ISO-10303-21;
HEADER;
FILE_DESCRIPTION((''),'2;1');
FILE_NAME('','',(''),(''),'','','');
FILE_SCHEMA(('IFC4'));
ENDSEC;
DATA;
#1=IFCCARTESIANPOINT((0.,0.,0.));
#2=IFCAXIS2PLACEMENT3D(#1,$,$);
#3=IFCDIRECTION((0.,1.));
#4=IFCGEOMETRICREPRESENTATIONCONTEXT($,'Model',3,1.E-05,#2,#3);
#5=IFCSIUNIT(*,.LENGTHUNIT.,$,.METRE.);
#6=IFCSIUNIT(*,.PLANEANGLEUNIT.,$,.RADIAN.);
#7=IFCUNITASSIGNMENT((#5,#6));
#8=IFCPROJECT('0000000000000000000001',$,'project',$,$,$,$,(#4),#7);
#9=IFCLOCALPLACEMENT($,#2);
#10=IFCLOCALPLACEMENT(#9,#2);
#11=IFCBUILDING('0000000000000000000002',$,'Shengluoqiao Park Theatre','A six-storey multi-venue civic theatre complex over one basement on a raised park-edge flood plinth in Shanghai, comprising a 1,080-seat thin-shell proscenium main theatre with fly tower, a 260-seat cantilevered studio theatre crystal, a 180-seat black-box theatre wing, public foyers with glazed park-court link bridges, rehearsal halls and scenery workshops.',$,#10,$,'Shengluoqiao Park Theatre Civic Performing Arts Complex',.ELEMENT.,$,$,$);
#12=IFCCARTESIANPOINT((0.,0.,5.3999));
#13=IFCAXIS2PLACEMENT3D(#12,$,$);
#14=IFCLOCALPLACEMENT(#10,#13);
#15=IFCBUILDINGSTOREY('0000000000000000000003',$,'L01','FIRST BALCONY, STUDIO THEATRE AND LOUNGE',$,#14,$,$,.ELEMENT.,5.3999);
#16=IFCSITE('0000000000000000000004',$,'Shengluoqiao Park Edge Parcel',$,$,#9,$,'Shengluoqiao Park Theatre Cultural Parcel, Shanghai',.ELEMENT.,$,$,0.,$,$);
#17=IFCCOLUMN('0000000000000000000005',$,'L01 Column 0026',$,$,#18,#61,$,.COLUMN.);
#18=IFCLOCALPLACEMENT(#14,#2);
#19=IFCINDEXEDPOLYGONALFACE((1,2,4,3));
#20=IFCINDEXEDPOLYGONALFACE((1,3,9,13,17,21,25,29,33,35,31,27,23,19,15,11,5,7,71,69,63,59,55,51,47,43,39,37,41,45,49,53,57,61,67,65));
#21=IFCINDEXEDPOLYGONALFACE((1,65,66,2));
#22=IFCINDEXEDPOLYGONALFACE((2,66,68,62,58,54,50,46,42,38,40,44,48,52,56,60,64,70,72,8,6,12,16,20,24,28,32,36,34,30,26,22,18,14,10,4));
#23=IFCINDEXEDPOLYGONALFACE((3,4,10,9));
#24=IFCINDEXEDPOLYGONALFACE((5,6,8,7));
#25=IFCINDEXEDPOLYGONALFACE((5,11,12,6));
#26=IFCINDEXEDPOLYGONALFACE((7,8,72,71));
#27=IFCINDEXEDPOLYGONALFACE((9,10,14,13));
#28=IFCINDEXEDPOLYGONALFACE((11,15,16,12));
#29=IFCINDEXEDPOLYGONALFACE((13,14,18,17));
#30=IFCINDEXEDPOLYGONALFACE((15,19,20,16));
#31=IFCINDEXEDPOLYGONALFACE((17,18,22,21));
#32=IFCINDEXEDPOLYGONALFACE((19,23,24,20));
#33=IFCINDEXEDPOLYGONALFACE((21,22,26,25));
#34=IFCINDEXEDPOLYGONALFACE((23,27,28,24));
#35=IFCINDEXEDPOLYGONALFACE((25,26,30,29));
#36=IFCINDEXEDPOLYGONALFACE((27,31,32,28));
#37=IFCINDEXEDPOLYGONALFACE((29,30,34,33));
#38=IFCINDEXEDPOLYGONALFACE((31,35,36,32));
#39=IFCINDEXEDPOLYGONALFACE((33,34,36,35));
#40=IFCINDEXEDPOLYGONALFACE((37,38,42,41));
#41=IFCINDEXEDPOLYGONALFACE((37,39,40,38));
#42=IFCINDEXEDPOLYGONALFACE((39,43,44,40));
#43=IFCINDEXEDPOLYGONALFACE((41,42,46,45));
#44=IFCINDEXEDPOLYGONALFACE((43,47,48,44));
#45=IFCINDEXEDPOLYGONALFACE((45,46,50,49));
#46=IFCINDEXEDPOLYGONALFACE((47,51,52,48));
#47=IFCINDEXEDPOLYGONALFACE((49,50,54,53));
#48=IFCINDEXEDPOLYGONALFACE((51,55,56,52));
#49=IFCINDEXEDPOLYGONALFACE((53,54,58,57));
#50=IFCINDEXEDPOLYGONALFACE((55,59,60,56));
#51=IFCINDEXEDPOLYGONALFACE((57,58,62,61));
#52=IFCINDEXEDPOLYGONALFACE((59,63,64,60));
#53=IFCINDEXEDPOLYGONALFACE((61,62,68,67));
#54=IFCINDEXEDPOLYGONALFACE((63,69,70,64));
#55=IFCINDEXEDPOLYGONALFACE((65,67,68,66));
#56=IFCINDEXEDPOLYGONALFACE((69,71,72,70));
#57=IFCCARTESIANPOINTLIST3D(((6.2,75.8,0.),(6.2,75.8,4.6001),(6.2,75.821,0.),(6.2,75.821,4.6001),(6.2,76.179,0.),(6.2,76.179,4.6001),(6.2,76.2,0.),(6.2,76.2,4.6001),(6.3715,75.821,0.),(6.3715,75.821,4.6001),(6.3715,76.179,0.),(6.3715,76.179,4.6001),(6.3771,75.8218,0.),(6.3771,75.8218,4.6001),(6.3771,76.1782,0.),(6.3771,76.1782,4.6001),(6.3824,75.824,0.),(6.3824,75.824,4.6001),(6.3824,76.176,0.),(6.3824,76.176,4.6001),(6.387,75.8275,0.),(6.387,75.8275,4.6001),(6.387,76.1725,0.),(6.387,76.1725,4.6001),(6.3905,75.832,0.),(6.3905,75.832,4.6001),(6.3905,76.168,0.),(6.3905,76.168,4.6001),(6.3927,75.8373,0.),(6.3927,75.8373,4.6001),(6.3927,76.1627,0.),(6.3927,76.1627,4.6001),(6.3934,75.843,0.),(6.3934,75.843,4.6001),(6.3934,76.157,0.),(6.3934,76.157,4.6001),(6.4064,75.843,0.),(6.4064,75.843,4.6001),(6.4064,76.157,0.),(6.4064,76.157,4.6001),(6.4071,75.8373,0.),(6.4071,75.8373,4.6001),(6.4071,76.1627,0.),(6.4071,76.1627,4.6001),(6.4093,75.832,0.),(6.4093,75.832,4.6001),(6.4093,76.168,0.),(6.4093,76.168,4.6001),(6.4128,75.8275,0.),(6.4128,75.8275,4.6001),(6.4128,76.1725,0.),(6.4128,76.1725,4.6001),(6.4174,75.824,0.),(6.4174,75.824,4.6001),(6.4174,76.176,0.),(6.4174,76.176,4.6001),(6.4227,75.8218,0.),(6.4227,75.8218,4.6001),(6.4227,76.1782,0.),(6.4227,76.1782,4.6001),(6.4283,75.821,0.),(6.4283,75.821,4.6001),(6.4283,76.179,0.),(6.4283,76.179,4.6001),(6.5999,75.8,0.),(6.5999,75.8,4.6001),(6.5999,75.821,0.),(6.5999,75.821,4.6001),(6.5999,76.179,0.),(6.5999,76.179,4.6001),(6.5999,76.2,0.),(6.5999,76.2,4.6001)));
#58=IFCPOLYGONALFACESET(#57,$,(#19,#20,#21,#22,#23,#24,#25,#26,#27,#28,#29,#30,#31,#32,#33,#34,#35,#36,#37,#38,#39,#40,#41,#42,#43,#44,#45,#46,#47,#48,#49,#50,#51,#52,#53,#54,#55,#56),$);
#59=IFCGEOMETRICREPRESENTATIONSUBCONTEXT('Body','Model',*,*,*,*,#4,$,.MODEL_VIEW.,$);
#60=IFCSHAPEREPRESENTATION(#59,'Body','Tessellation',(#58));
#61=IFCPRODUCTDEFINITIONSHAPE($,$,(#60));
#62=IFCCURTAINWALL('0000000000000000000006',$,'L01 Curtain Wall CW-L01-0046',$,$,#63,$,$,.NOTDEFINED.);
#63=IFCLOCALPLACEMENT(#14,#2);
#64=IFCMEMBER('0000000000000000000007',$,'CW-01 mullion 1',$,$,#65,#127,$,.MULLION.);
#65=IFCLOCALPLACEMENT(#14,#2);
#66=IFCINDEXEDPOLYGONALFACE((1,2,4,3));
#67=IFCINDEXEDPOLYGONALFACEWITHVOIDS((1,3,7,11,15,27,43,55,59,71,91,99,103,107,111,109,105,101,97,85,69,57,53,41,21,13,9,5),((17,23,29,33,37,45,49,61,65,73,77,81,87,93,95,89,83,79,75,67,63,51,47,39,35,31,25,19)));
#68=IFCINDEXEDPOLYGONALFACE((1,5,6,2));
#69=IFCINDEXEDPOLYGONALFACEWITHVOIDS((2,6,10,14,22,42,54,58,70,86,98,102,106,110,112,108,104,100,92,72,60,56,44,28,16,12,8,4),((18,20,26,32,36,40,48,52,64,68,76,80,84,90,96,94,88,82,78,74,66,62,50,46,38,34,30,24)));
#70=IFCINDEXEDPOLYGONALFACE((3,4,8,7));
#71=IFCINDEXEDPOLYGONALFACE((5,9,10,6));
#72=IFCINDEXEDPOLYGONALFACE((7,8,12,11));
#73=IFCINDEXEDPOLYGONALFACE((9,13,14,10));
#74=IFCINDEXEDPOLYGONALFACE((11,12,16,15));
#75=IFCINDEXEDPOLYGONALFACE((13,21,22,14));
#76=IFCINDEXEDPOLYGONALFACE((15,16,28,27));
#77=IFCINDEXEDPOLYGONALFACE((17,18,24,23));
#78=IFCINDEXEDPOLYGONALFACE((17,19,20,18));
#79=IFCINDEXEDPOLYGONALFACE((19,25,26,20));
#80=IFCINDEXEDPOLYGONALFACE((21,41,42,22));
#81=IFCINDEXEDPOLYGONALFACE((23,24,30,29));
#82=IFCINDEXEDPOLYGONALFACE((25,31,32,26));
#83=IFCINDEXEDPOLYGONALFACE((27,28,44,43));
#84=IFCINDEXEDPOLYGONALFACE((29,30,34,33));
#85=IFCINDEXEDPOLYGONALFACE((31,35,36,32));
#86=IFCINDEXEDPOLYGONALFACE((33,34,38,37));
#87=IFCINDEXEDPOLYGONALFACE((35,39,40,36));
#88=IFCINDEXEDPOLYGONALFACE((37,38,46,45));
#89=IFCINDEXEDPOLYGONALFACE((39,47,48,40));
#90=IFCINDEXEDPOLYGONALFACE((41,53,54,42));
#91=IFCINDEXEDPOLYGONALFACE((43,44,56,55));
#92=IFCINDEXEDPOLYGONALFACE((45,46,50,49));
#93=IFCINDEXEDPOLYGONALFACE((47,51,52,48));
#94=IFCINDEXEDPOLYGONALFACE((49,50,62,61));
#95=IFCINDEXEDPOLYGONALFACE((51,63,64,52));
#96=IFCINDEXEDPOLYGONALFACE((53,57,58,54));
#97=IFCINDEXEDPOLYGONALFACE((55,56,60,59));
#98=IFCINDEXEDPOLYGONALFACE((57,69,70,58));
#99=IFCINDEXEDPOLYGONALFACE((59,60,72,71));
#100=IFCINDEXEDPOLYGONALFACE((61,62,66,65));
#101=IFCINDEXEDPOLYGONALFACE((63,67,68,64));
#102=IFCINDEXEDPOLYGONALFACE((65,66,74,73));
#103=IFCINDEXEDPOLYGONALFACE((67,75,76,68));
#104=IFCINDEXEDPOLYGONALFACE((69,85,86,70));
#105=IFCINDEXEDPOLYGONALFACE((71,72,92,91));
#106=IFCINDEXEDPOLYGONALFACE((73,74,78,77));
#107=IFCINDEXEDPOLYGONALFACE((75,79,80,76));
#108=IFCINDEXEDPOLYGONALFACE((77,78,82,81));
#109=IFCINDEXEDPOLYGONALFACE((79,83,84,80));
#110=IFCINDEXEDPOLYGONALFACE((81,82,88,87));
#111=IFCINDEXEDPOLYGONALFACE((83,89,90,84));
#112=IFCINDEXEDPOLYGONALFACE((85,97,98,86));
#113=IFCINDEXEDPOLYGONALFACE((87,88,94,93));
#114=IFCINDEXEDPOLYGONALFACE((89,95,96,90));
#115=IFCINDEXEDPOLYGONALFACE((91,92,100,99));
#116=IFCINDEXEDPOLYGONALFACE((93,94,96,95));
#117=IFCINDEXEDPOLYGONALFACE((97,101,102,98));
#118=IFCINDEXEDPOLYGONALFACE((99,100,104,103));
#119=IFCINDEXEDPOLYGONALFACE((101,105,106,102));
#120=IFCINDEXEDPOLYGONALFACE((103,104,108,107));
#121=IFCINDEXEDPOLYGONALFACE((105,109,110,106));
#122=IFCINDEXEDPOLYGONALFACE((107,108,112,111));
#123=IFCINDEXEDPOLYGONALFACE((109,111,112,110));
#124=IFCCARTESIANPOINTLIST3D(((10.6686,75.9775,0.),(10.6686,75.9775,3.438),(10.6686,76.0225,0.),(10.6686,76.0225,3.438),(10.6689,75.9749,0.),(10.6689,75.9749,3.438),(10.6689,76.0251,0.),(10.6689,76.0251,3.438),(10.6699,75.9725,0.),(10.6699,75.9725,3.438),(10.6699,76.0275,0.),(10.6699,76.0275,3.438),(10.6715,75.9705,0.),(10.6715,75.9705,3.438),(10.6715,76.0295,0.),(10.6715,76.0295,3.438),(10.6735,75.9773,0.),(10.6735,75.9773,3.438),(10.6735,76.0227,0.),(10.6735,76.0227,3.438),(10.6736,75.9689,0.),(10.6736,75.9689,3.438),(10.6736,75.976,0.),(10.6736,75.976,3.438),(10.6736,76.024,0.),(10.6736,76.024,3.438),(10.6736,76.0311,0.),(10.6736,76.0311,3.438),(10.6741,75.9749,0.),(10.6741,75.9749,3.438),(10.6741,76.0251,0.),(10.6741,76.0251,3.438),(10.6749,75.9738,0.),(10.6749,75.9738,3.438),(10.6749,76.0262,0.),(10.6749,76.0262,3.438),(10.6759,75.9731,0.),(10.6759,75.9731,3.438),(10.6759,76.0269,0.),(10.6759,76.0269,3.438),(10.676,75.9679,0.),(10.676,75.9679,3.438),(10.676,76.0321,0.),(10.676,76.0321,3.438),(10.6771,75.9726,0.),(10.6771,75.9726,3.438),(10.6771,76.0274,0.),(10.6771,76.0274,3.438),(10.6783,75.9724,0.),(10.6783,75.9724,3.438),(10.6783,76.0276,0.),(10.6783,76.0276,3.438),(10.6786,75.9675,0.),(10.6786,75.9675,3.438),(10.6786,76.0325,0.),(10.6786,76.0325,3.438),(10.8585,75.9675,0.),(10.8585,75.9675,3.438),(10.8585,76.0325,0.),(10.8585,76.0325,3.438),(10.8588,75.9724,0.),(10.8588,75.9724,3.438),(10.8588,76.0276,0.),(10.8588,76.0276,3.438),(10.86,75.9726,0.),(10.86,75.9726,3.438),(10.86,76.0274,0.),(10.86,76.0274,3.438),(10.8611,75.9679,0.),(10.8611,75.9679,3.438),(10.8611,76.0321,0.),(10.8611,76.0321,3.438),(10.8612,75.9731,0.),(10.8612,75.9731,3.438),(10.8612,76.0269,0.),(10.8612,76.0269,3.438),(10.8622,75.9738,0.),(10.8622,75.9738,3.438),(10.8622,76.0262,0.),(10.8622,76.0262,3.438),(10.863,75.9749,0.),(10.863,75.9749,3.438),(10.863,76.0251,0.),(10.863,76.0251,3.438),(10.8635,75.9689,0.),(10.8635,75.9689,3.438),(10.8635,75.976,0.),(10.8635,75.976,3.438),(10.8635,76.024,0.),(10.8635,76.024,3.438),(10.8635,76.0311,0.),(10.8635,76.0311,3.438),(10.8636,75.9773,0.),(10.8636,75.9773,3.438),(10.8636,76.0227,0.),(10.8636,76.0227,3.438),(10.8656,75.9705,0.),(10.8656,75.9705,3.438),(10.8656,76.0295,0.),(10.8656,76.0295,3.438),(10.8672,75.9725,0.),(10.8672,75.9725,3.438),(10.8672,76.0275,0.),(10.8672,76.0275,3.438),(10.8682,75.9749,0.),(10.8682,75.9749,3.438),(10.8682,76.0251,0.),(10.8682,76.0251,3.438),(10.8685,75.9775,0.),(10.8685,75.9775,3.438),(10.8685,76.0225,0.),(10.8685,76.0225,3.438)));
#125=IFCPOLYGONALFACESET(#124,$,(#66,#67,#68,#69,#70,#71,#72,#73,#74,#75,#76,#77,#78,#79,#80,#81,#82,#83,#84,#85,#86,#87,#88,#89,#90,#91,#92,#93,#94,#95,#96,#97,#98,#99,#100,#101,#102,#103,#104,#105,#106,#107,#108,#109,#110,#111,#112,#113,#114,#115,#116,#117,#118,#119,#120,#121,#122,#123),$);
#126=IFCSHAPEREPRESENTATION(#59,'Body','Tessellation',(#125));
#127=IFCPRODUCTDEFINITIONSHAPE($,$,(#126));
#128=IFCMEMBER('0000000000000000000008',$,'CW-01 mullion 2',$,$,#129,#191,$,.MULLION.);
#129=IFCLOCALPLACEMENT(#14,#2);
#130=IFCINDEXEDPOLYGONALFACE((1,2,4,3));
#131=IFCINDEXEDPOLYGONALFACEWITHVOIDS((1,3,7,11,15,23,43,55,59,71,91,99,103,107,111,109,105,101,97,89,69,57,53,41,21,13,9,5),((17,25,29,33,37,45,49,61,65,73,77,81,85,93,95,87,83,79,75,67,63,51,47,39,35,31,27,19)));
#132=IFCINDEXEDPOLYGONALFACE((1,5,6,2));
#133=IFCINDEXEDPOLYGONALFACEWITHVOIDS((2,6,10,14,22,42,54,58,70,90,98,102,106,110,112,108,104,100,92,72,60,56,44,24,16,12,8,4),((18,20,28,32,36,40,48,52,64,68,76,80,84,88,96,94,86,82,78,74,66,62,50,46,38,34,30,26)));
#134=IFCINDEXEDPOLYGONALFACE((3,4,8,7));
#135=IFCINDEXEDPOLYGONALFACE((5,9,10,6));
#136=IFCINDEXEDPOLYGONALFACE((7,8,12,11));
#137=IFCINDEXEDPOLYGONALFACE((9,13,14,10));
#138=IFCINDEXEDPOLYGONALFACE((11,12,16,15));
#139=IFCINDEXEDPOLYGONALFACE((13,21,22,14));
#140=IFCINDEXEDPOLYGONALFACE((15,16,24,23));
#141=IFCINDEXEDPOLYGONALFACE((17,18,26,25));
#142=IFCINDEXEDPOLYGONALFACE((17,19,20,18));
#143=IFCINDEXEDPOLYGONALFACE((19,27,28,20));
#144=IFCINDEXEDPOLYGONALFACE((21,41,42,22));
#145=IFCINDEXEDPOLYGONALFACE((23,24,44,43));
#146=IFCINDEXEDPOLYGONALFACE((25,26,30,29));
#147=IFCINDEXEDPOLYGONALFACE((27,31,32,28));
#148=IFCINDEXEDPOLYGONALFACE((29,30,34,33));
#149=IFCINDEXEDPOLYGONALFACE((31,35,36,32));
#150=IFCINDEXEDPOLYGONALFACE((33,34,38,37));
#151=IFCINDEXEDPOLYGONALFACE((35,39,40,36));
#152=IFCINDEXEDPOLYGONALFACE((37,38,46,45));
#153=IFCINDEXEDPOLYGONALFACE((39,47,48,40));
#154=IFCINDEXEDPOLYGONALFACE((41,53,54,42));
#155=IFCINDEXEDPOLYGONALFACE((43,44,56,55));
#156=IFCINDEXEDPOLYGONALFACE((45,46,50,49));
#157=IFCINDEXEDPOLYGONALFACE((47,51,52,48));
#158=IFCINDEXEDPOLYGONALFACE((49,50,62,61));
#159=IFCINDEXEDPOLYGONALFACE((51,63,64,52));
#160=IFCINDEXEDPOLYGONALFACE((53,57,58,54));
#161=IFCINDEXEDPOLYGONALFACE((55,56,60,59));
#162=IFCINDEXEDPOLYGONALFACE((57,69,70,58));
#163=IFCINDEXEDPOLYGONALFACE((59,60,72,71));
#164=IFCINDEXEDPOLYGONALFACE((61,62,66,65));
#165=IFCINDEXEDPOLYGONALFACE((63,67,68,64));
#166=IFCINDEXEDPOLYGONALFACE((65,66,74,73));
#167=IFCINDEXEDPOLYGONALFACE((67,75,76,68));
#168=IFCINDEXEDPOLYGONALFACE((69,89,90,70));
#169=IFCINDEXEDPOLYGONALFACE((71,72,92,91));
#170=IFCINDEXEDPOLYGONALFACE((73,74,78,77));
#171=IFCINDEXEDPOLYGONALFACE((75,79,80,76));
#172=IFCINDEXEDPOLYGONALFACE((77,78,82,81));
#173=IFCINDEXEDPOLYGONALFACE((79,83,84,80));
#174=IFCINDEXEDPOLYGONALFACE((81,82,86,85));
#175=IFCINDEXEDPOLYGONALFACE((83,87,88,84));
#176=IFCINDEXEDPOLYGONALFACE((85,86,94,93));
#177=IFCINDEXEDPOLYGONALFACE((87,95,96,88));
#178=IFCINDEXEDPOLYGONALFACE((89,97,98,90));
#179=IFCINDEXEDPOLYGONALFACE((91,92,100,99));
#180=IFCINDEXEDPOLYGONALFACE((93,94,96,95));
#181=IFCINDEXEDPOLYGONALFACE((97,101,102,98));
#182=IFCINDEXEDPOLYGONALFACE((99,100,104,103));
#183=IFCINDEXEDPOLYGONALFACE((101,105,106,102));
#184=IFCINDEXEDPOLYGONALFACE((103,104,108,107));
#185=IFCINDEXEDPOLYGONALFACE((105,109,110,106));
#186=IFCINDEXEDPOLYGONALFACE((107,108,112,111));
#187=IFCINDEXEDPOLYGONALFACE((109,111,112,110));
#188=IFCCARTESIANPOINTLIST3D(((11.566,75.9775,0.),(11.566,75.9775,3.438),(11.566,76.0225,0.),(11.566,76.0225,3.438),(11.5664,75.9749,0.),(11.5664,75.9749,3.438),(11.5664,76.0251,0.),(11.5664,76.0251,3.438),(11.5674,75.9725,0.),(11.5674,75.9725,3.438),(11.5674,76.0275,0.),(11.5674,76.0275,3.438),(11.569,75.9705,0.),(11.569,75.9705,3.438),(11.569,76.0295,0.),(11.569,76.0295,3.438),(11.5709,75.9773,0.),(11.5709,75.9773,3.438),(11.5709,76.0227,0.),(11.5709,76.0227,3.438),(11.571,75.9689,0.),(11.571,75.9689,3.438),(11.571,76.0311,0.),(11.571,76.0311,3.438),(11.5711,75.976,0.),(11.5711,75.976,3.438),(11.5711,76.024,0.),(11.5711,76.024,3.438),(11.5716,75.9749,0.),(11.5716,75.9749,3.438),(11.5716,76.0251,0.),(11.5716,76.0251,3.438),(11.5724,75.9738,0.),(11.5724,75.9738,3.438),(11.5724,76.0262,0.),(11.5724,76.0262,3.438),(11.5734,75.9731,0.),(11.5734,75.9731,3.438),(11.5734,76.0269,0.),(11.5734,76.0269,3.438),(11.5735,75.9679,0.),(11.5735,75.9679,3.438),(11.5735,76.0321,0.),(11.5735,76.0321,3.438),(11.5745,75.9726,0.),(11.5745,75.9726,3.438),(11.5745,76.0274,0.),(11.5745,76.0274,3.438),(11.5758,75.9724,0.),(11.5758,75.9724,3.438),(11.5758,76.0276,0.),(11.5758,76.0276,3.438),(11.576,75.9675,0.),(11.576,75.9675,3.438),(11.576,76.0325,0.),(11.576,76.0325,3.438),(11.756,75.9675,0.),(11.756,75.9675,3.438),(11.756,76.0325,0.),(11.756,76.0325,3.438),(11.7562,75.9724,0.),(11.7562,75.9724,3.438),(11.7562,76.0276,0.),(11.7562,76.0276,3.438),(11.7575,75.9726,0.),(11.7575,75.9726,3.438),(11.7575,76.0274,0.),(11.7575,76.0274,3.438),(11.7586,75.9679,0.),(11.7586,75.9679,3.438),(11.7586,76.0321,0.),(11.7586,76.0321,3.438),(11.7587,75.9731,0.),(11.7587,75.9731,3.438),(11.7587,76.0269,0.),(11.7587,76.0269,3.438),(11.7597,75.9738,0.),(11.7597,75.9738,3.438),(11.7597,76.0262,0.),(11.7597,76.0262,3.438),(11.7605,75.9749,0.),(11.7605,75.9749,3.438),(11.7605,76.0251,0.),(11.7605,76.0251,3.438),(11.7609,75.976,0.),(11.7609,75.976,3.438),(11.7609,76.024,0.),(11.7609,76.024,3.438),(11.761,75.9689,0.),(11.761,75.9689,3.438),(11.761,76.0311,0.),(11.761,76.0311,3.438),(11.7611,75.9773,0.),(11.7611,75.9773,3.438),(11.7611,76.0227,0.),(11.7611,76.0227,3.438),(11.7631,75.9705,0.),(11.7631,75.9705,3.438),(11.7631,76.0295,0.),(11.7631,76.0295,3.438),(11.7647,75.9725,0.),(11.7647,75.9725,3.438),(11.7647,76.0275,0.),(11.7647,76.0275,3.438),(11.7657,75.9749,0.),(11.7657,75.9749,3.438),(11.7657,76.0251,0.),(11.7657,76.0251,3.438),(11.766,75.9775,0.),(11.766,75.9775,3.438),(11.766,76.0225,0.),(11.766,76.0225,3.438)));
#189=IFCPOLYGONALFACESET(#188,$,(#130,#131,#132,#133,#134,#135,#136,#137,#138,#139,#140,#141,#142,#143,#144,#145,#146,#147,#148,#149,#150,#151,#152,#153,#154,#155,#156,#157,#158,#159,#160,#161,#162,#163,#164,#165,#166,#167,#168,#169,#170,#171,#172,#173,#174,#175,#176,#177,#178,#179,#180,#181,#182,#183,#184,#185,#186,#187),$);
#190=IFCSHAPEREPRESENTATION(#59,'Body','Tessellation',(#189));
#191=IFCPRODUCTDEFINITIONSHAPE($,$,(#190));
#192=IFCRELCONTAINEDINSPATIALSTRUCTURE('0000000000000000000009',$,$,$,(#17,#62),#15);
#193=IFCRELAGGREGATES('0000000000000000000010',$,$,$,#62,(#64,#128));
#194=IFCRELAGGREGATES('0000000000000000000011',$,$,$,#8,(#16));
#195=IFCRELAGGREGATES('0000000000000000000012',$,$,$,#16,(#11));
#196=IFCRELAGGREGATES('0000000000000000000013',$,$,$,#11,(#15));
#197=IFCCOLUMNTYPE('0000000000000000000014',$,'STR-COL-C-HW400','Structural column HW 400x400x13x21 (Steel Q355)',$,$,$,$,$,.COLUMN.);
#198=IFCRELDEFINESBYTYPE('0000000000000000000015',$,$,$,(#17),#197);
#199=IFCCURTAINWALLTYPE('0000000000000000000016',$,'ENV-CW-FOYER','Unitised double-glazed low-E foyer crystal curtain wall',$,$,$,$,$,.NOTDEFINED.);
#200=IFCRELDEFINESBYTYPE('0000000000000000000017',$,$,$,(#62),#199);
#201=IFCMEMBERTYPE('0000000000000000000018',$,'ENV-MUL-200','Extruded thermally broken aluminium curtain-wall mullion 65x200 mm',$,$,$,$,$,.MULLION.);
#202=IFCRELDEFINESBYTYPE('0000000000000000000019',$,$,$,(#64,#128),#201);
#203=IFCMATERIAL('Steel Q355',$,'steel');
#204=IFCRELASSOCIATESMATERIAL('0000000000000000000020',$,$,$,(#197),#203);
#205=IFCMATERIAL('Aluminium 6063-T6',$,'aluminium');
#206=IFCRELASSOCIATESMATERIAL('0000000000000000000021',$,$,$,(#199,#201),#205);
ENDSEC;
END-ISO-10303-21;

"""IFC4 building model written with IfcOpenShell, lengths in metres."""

from ifc_helpers import new_model, si_unit, direction, frame, origin, origin_2d, place, context, subcontext, project, spatial, hollow_rectangle, i_section, extrude, material, material_profile, profile_set, type_object, element, aggregate, save


model = new_model("IFC4")

# Units and contexts
model_context = context("Model", 3, precision=1e-05, world=origin(), true_north=direction((0.0, 1.0)))
body_context = subcontext(model_context, "Body", "Model", "MODEL_VIEW")
ifc_project = project(units=[si_unit("LENGTHUNIT", "METRE"), si_unit("PLANEANGLEUNIT", "RADIAN")], contexts=[model_context])

# Site, building, storey
site_placement = place(None, origin())
site = spatial("IfcSite", under=ifc_project, at=site_placement, Name="Shengluoqiao Park Edge Parcel", LongName="Shengluoqiao Park Theatre Cultural Parcel, Shanghai", CompositionType="ELEMENT", RefElevation=0.0)
building_placement = place(site_placement, origin())
building = spatial("IfcBuilding", under=site, at=building_placement, Name="Shengluoqiao Park Theatre", Description="A six-storey multi-venue civic theatre complex over one basement on a raised park-edge flood plinth in Shanghai, comprising a 1,080-seat thin-shell proscenium main theatre with fly tower, a 260-seat cantilevered studio theatre crystal, a 180-seat black-box theatre wing, public foyers with glazed park-court link bridges, rehearsal halls and scenery workshops.", LongName="Shengluoqiao Park Theatre Civic Performing Arts Complex", CompositionType="ELEMENT")
storey_placement = place(building_placement, frame((0.0, 0.0, 5.3999)))
storey = spatial("IfcBuildingStorey", under=building, at=storey_placement, Name="L01", Description="FIRST BALCONY, STUDIO THEATRE AND LOUNGE", CompositionType="ELEMENT", Elevation=5.3999)

# Column
ifc_material_1 = material(Name="Steel Q355", Category="steel")
ifc_material_profile_1 = material_profile(ifc_material_1, i_section(OverallWidth=0.3999, OverallDepth=0.3999, WebThickness=0.0129, FlangeThickness=0.021, FilletRadius=0.022, at=origin_2d()), Name="HW 400x400x13x21")
ifc_profile_set_1 = profile_set([ifc_material_profile_1], Name="Steel Q355")
column_type = type_object("IfcColumnType", Name="STR-COL-C-HW400", Description="Structural column HW 400x400x13x21 (Steel Q355)", PredefinedType="COLUMN", material=ifc_profile_set_1)
column_placement = place(storey_placement, frame((6.3999, 76.0, 0.0), z_axis=(0.0, 0.0, 1.0), x_axis=(1.0, 0.0, 0.0)))
element("IfcColumn", 1, at=column_placement, inside=storey, type_object=column_type, Name="L01 Column 0026", PredefinedType="COLUMN", context=body_context, shape_type="SweptSolid", body=[
    extrude(i_section(OverallWidth=0.3999, OverallDepth=0.3999, WebThickness=0.0129, FlangeThickness=0.021, FilletRadius=0.022, at=origin_2d()), origin(), (0.0, 0.0, 1.0), 4.6001),
])

# Curtain wall, members
ifc_material_2 = material(Name="Aluminium 6063-T6", Category="aluminium")
curtain_wall_type = type_object("IfcCurtainWallType", Name="ENV-CW-FOYER", Description="Unitised double-glazed low-E foyer crystal curtain wall", PredefinedType="NOTDEFINED", material=ifc_material_2)
curtain_wall_1_placement = place(storey_placement, origin())
curtain_wall_1 = element("IfcCurtainWall", 2, at=curtain_wall_1_placement, inside=storey, type_object=curtain_wall_type, Name="L01 Curtain Wall CW-L01-0046", PredefinedType="NOTDEFINED")
ifc_material_profile_2 = material_profile(ifc_material_2, hollow_rectangle(XDim=0.0649, YDim=0.2, WallThickness=0.0049, InnerFilletRadius=0.0049, OuterFilletRadius=0.01, at=origin_2d()), Name="ALU MULLION 200x65x5")
ifc_profile_set_2 = profile_set([ifc_material_profile_2], Name="Aluminium 6063-T6")
member_type_1 = type_object("IfcMemberType", Name="ENV-MUL-200", Description="Extruded thermally broken aluminium curtain-wall mullion 65x200 mm", PredefinedType="MULLION", material=ifc_profile_set_2)
member_1_placement = place(storey_placement, frame((10.7686, 76.0, 0.0), z_axis=(0.0, 0.0, 1.0), x_axis=(0.0, 1.0, 0.0)))
member_1 = element("IfcMember", 3, at=member_1_placement, type_object=member_type_1, Name="CW-01 mullion 1", PredefinedType="MULLION", context=body_context, shape_type="SweptSolid", body=[
    extrude(hollow_rectangle(XDim=0.0649, YDim=0.2, WallThickness=0.0049, InnerFilletRadius=0.0049, OuterFilletRadius=0.01, at=origin_2d()), origin(), (0.0, 0.0, 1.0), 3.438),
])
member_2_placement = place(storey_placement, frame((11.666, 76.0, 0.0), z_axis=(0.0, 0.0, 1.0), x_axis=(0.0, 1.0, 0.0)))
member_2 = element("IfcMember", 4, at=member_2_placement, type_object=member_type_1, Name="CW-01 mullion 2", PredefinedType="MULLION", context=body_context, shape_type="SweptSolid", body=[
    extrude(hollow_rectangle(XDim=0.0649, YDim=0.2, WallThickness=0.0049, InnerFilletRadius=0.0049, OuterFilletRadius=0.01, at=origin_2d()), origin(), (0.0, 0.0, 1.0), 3.438),
])

aggregate(curtain_wall_1, [member_1, member_2])

save(model, "model.ifc")
